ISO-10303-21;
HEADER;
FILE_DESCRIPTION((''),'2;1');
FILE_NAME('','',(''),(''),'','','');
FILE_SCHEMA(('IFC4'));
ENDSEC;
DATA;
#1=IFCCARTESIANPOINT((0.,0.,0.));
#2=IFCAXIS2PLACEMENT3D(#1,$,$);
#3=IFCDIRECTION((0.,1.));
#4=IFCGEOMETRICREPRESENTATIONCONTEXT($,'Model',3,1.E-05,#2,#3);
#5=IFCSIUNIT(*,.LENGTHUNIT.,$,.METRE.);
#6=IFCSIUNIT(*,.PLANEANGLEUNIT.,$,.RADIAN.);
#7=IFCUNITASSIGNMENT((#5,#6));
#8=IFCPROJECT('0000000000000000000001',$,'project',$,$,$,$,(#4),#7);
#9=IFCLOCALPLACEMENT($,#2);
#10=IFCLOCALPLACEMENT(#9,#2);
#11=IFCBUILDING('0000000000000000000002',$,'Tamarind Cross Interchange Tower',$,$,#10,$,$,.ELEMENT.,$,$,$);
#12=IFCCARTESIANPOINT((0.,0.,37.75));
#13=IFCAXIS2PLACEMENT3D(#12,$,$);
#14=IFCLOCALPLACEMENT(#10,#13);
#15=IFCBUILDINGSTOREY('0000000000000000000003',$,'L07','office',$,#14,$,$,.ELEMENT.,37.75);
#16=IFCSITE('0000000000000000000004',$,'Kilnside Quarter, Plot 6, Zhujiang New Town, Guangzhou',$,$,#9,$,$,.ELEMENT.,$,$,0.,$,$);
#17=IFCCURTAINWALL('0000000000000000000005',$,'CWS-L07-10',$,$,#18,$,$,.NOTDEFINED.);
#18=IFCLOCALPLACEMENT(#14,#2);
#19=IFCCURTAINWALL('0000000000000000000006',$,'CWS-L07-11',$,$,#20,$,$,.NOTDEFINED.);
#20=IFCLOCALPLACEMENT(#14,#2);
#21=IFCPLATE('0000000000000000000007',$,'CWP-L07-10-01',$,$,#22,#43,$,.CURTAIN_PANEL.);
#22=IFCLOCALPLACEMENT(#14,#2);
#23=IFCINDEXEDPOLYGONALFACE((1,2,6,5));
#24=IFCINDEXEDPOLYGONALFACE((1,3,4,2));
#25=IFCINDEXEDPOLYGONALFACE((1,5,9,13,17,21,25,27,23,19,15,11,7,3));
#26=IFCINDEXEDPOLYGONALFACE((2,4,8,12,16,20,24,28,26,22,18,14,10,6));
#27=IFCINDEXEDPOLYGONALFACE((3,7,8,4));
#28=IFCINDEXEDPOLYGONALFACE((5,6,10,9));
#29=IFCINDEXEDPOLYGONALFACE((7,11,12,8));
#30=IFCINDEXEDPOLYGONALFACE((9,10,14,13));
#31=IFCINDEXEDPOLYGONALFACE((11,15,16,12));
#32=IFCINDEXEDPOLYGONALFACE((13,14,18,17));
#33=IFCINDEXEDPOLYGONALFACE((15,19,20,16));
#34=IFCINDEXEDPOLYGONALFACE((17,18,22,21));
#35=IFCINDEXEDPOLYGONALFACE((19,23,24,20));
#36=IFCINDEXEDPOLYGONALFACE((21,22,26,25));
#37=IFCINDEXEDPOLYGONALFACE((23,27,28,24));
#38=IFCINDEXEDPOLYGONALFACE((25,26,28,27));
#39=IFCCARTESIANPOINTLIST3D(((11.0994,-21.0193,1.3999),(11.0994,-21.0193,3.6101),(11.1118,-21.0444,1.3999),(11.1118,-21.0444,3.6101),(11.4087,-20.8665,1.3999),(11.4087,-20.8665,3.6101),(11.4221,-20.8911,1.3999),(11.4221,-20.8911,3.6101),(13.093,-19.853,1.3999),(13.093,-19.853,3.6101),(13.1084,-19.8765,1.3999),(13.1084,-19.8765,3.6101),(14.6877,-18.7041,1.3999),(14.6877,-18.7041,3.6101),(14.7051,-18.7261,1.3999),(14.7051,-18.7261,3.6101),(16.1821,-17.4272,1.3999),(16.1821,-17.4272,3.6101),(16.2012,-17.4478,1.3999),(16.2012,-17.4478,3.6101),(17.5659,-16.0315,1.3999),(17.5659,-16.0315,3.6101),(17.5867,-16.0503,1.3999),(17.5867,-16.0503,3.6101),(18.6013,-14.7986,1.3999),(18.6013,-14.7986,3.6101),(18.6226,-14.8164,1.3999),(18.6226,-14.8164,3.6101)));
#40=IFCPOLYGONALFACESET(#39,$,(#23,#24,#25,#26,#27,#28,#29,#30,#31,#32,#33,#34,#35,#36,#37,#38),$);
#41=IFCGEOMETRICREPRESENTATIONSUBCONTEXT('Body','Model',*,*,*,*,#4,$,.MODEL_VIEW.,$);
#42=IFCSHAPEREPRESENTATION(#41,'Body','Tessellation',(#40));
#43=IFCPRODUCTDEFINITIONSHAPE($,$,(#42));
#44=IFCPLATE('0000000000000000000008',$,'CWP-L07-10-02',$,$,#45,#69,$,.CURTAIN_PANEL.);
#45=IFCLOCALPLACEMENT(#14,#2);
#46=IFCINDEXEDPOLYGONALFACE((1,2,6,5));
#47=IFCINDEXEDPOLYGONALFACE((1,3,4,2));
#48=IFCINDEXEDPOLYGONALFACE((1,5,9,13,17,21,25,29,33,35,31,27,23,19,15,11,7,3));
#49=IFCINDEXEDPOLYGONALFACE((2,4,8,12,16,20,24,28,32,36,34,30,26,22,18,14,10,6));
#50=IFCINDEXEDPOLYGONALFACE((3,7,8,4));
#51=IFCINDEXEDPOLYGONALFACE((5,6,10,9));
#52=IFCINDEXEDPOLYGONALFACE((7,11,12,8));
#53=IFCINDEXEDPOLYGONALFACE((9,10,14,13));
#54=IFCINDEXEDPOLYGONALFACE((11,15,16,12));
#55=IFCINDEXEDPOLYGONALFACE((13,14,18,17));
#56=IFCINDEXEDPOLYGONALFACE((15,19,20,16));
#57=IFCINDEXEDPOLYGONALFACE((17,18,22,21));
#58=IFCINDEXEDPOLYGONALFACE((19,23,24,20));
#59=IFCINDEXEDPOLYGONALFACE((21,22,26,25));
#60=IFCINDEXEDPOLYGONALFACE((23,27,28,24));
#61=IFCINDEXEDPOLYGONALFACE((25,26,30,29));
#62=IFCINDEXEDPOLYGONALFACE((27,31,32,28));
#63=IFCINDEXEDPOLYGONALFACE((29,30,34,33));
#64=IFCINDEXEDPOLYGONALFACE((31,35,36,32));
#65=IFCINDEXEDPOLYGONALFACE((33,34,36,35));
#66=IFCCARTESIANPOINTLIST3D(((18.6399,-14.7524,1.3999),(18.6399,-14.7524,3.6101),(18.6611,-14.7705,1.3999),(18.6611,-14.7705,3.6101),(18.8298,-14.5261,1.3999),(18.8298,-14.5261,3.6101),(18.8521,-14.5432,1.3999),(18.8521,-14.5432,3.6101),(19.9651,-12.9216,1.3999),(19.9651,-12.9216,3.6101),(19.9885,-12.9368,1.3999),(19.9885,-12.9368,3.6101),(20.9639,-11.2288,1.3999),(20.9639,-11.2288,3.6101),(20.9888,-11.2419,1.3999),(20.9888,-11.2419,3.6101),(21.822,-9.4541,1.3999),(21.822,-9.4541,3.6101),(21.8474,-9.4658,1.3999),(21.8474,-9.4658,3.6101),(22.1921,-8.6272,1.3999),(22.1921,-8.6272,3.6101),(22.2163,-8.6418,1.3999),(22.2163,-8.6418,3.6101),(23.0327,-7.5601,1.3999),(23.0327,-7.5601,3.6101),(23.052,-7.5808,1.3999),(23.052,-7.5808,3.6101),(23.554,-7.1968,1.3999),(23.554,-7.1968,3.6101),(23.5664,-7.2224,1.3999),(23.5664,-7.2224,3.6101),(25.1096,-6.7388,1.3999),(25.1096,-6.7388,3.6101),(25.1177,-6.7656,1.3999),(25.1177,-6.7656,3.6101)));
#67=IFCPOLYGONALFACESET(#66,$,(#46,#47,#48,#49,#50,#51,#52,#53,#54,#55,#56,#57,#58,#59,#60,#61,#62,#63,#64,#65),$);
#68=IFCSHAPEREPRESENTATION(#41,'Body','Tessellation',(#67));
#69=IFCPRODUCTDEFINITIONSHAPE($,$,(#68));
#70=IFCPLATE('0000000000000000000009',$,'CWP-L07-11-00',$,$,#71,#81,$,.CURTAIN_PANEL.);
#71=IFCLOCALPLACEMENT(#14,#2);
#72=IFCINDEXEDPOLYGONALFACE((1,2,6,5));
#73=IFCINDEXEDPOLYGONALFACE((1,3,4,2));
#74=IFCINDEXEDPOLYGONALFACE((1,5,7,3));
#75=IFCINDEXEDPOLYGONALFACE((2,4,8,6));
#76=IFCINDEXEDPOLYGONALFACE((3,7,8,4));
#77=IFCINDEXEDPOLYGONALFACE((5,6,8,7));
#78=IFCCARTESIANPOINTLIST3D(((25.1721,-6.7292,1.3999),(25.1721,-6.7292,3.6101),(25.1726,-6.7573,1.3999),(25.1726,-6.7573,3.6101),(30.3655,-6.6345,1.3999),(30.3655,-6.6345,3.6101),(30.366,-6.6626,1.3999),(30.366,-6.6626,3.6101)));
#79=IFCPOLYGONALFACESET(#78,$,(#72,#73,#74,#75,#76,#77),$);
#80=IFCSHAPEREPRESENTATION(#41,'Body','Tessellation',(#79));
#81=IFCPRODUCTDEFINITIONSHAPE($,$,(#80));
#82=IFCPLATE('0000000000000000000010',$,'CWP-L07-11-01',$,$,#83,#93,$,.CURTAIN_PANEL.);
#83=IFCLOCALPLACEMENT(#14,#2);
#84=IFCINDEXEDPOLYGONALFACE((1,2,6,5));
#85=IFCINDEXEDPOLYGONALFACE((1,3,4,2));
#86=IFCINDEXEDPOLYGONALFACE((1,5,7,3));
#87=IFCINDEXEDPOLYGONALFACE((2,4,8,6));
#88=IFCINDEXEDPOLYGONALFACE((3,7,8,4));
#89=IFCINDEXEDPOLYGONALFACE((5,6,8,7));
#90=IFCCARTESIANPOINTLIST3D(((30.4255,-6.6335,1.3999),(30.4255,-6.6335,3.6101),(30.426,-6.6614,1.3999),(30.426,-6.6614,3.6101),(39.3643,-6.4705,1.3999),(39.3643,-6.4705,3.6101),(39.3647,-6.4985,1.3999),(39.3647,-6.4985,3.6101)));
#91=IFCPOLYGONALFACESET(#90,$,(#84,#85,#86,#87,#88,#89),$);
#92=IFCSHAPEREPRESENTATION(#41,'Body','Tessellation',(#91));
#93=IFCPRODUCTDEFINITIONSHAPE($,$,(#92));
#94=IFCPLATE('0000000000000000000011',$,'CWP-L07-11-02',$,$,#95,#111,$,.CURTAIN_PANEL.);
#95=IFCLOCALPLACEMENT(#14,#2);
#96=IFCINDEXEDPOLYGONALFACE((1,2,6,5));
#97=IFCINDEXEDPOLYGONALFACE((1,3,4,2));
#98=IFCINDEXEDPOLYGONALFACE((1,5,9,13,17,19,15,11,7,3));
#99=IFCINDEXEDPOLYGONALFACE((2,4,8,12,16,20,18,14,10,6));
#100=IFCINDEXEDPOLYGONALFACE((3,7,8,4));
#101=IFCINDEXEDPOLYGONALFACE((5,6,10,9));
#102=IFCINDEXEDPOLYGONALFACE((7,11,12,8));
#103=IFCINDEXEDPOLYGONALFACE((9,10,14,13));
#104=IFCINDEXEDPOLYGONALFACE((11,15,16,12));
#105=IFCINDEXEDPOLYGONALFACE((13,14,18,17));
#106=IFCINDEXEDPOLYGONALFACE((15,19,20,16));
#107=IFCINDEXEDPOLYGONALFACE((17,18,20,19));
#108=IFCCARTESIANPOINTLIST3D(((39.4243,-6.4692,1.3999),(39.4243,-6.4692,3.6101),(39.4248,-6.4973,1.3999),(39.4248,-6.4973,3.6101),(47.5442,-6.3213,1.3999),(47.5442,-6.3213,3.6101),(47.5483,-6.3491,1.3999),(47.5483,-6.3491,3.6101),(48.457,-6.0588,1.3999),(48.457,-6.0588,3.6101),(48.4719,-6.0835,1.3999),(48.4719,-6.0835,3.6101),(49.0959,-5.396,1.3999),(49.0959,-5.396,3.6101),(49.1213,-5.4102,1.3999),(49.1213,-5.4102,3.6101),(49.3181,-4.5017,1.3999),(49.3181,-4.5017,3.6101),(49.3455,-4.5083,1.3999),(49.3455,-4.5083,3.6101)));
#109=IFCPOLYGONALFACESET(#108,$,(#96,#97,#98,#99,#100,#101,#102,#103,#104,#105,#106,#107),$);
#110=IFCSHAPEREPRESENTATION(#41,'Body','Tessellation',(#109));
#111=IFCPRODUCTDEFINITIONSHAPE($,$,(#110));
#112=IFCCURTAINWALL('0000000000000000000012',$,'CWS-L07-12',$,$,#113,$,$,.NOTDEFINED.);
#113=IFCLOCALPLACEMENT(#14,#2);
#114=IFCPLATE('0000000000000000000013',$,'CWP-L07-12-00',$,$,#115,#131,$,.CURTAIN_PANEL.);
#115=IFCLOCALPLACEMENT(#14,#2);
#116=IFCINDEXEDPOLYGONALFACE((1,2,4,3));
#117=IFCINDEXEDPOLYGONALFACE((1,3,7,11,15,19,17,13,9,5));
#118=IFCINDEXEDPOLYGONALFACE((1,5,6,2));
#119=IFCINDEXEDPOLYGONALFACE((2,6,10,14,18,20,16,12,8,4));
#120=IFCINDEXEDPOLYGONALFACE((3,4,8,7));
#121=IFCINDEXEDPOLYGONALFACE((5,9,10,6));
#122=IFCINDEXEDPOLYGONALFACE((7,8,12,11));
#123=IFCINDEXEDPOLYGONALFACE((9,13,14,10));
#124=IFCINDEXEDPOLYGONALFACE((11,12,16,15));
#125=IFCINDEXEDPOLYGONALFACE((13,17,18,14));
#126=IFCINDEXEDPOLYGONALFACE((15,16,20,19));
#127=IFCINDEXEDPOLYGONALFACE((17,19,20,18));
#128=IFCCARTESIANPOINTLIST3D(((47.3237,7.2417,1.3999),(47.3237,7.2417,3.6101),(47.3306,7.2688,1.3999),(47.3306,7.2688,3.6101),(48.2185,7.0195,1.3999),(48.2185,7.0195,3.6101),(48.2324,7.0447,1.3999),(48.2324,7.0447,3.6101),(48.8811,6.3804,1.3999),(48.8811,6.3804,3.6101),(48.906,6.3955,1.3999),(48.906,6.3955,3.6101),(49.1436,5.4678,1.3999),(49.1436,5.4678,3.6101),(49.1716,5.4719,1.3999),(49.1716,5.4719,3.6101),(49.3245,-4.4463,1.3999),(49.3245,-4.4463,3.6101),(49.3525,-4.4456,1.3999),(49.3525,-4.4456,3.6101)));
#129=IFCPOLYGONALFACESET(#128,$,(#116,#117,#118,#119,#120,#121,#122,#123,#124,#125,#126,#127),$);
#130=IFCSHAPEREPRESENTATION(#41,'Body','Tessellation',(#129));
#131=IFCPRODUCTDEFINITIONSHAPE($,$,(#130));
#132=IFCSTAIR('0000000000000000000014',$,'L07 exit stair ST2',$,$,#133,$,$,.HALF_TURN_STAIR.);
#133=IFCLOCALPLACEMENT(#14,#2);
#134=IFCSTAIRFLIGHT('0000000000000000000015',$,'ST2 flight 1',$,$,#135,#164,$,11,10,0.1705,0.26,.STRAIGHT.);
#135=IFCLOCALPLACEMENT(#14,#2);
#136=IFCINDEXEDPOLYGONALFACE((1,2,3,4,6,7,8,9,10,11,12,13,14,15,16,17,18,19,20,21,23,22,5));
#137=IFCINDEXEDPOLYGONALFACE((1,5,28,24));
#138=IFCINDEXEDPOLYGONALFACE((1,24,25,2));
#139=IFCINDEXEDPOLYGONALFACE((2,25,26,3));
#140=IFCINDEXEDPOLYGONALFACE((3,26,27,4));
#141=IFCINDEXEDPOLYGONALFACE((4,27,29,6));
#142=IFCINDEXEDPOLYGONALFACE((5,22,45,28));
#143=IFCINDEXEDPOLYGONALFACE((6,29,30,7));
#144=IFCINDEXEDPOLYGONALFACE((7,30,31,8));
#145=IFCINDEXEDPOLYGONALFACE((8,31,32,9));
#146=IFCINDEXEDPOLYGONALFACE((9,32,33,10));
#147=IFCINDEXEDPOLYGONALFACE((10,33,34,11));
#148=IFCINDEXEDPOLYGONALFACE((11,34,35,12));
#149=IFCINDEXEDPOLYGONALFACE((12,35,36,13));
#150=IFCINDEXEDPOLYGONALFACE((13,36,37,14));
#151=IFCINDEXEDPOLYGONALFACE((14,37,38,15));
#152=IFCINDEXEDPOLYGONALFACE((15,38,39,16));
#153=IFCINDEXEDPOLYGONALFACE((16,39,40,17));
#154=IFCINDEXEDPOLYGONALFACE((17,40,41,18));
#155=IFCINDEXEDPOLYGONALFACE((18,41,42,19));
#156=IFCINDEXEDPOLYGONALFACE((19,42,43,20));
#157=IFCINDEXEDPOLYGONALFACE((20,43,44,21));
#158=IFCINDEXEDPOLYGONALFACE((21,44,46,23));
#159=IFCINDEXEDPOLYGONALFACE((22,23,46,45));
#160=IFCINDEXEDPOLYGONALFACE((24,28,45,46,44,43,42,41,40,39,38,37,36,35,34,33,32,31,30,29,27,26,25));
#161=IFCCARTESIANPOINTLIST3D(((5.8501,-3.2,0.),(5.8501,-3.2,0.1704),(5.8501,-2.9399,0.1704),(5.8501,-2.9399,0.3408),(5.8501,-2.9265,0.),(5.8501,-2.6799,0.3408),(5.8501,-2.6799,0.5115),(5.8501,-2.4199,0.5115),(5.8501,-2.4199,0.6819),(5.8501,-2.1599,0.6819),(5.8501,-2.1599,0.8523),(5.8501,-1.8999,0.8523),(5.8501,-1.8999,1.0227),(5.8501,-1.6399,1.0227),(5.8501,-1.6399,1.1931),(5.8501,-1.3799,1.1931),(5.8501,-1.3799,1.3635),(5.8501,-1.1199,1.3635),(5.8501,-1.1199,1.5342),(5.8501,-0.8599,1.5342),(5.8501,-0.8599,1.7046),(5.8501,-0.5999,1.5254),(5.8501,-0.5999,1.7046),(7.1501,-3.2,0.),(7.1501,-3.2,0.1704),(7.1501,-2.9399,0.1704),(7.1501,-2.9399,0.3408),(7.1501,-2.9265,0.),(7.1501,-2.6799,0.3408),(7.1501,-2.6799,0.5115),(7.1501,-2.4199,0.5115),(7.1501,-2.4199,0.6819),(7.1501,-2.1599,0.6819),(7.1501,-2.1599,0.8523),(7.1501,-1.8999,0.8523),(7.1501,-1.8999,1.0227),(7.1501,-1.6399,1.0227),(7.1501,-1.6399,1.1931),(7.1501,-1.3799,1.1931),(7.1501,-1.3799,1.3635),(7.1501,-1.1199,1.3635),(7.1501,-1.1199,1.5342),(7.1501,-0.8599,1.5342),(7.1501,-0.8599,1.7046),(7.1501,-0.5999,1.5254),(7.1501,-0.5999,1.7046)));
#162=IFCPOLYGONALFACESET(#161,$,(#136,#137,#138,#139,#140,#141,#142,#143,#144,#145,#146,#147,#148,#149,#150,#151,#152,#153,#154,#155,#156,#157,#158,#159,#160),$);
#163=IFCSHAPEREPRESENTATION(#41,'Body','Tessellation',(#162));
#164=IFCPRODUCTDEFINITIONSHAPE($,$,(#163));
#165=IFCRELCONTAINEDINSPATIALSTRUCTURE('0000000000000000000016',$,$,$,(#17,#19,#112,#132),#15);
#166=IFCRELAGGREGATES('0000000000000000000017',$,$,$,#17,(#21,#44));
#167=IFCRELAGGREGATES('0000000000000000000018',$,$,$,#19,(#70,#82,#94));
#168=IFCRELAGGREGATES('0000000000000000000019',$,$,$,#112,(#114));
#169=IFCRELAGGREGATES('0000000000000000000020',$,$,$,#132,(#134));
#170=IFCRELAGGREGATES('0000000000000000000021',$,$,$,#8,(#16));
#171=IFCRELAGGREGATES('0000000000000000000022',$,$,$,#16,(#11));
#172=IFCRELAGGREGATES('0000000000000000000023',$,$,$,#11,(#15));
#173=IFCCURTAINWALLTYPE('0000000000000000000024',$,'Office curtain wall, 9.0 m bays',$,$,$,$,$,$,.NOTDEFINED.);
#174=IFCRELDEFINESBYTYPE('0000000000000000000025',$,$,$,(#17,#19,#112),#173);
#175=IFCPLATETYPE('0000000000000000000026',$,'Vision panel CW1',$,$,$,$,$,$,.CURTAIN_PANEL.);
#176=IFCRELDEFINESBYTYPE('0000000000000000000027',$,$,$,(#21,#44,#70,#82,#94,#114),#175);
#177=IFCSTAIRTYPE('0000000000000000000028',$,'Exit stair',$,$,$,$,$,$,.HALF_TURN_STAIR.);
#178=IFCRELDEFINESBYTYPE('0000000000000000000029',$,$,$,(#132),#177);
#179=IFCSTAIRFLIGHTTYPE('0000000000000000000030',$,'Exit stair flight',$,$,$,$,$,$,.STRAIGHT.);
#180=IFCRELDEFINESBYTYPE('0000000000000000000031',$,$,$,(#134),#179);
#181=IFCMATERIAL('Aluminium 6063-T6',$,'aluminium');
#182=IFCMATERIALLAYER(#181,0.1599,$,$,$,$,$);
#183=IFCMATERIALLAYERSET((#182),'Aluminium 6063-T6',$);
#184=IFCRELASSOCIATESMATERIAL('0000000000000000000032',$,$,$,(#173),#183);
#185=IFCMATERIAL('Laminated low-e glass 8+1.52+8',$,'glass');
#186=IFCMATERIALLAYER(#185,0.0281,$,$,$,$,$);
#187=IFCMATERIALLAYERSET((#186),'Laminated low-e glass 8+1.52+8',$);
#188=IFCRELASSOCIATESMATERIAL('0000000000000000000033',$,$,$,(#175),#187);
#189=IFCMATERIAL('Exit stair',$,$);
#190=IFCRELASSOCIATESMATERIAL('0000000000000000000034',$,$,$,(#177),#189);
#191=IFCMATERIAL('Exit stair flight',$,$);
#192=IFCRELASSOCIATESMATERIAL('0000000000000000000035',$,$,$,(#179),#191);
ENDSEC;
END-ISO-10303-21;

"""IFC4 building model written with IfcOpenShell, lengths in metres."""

from ifc_helpers import new_model, si_unit, direction, frame, origin, place, context, subcontext, project, spatial, polyline, outline, extrude, material, layer, layer_set, type_object, element, aggregate, save


model = new_model("IFC4")

# Units and contexts
model_context = context("Model", 3, precision=1e-05, world=origin(), true_north=direction((0.0, 1.0)))
body_context = subcontext(model_context, "Body", "Model", "MODEL_VIEW")
ifc_project = project(units=[si_unit("LENGTHUNIT", "METRE"), si_unit("PLANEANGLEUNIT", "RADIAN")], contexts=[model_context])

# Site, building, storey
site_placement = place(None, origin())
site = spatial("IfcSite", under=ifc_project, at=site_placement, Name="Kilnside Quarter, Plot 6, Zhujiang New Town, Guangzhou", CompositionType="ELEMENT", RefElevation=0.0)
building_placement = place(site_placement, origin())
building = spatial("IfcBuilding", under=site, at=building_placement, Name="Tamarind Cross Interchange Tower", CompositionType="ELEMENT")
storey_placement = place(building_placement, frame((0.0, 0.0, 37.75)))
storey = spatial("IfcBuildingStorey", under=building, at=storey_placement, Name="L07", Description="office", CompositionType="ELEMENT", Elevation=37.75)

# Curtain walls
ifc_material_1 = material(Name="Aluminium 6063-T6", Category="aluminium")
ifc_layer_1 = layer(ifc_material_1, 0.1599)
ifc_layer_set_1 = layer_set([ifc_layer_1], Name="Aluminium 6063-T6")
curtain_wall_type = type_object("IfcCurtainWallType", Name="Office curtain wall, 9.0 m bays", PredefinedType="NOTDEFINED", material=ifc_layer_set_1)
curtain_wall_1_placement = place(storey_placement, origin())
curtain_wall_1 = element("IfcCurtainWall", 1, at=curtain_wall_1_placement, inside=storey, type_object=curtain_wall_type, Name="CWS-L07-10", PredefinedType="NOTDEFINED")
curtain_wall_2_placement = place(storey_placement, origin())
curtain_wall_2 = element("IfcCurtainWall", 2, at=curtain_wall_2_placement, inside=storey, type_object=curtain_wall_type, Name="CWS-L07-11", PredefinedType="NOTDEFINED")

# Plates
ifc_material_2 = material(Name="Laminated low-e glass 8+1.52+8", Category="glass")
ifc_layer_2 = layer(ifc_material_2, 0.0281)
ifc_layer_set_2 = layer_set([ifc_layer_2], Name="Laminated low-e glass 8+1.52+8")
plate_type = type_object("IfcPlateType", Name="Vision panel CW1", PredefinedType="CURTAIN_PANEL", material=ifc_layer_set_2)
plate_1_placement = place(storey_placement, frame((0.0, 0.0, 1.3999)))
plate_1 = element("IfcPlate", 3, at=plate_1_placement, type_object=plate_type, Name="CWP-L07-10-01", PredefinedType="CURTAIN_PANEL", context=body_context, shape_type="SweptSolid", body=[
    extrude(outline(polyline([(11.0994, -21.0193), (11.4087, -20.8665), (13.093, -19.853), (14.6877, -18.7041), (16.1821, -17.4272), (17.5659, -16.0315), (18.6013, -14.7986), (18.6226, -14.8164), (17.5867, -16.0503), (16.2012, -17.4478), (14.7051, -18.7261), (13.1084, -19.8765), (11.4221, -20.8911), (11.1118, -21.0444), (11.0994, -21.0193)])), origin(), (0.0, 0.0, 1.0), 2.2102),
])
plate_2_placement = place(storey_placement, frame((0.0, 0.0, 1.3999)))
plate_2 = element("IfcPlate", 4, at=plate_2_placement, type_object=plate_type, Name="CWP-L07-10-02", PredefinedType="CURTAIN_PANEL", context=body_context, shape_type="SweptSolid", body=[
    extrude(outline(polyline([(18.6399, -14.7524), (18.8298, -14.5261), (19.9651, -12.9216), (20.9639, -11.2288), (21.822, -9.4541), (22.1921, -8.6272), (23.0327, -7.5601), (23.554, -7.1968), (25.1096, -6.7388), (25.1177, -6.7656), (23.5664, -7.2224), (23.052, -7.5808), (22.2163, -8.6418), (21.8474, -9.4658), (20.9888, -11.2419), (19.9885, -12.9368), (18.8521, -14.5432), (18.6611, -14.7705), (18.6399, -14.7524)])), origin(), (0.0, 0.0, 1.0), 2.2102),
])
aggregate(curtain_wall_1, [plate_1, plate_2])
plate_3_placement = place(storey_placement, frame((0.0, 0.0, 1.3999)))
plate_3 = element("IfcPlate", 5, at=plate_3_placement, type_object=plate_type, Name="CWP-L07-11-00", PredefinedType="CURTAIN_PANEL", context=body_context, shape_type="SweptSolid", body=[
    extrude(outline(polyline([(25.1721, -6.7292), (30.3655, -6.6345), (30.366, -6.6626), (25.1726, -6.7573), (25.1721, -6.7292)])), origin(), (0.0, 0.0, 1.0), 2.2102),
])
plate_4_placement = place(storey_placement, frame((0.0, 0.0, 1.3999)))
plate_4 = element("IfcPlate", 6, at=plate_4_placement, type_object=plate_type, Name="CWP-L07-11-01", PredefinedType="CURTAIN_PANEL", context=body_context, shape_type="SweptSolid", body=[
    extrude(outline(polyline([(30.4255, -6.6335), (39.3643, -6.4705), (39.3647, -6.4985), (30.426, -6.6614), (30.4255, -6.6335)])), origin(), (0.0, 0.0, 1.0), 2.2102),
])
plate_5_placement = place(storey_placement, frame((0.0, 0.0, 1.3999)))
plate_5 = element("IfcPlate", 7, at=plate_5_placement, type_object=plate_type, Name="CWP-L07-11-02", PredefinedType="CURTAIN_PANEL", context=body_context, shape_type="SweptSolid", body=[
    extrude(outline(polyline([(39.4243, -6.4692), (47.5442, -6.3213), (48.457, -6.0588), (49.0959, -5.396), (49.3181, -4.5017), (49.3455, -4.5083), (49.1213, -5.4102), (48.4719, -6.0835), (47.5483, -6.3491), (39.4248, -6.4973), (39.4243, -6.4692)])), origin(), (0.0, 0.0, 1.0), 2.2102),
])
aggregate(curtain_wall_2, [plate_3, plate_4, plate_5])

# Curtain wall, plate
curtain_wall_3_placement = place(storey_placement, origin())
curtain_wall_3 = element("IfcCurtainWall", 8, at=curtain_wall_3_placement, inside=storey, type_object=curtain_wall_type, Name="CWS-L07-12", PredefinedType="NOTDEFINED")
plate_6_placement = place(storey_placement, frame((0.0, 0.0, 1.3999)))
plate_6 = element("IfcPlate", 9, at=plate_6_placement, type_object=plate_type, Name="CWP-L07-12-00", PredefinedType="CURTAIN_PANEL", context=body_context, shape_type="SweptSolid", body=[
    extrude(outline(polyline([(49.3245, -4.4463), (49.1436, 5.4678), (48.8811, 6.3804), (48.2185, 7.0195), (47.3237, 7.2417), (47.3306, 7.2688), (48.2324, 7.0447), (48.906, 6.3955), (49.1716, 5.4719), (49.3525, -4.4456), (49.3245, -4.4463)])), origin(), (0.0, 0.0, 1.0), 2.2102),
])
aggregate(curtain_wall_3, [plate_6])

# Stair, stair flight
ifc_material_3 = material(Name="Exit stair")
stair_type = type_object("IfcStairType", Name="Exit stair", PredefinedType="HALF_TURN_STAIR", material=ifc_material_3)
stair_placement = place(storey_placement, origin())
stair = element("IfcStair", 10, at=stair_placement, inside=storey, type_object=stair_type, Name="L07 exit stair ST2", PredefinedType="HALF_TURN_STAIR")
ifc_material_4 = material(Name="Exit stair flight")
stair_flight_type = type_object("IfcStairFlightType", Name="Exit stair flight", PredefinedType="STRAIGHT", material=ifc_material_4)
stair_flight_1_placement = place(storey_placement, frame((6.5, -3.2, 0.0), z_axis=(0.0, 0.0, 1.0), x_axis=(0.0, 1.0, 0.0)))
stair_flight_1 = element("IfcStairFlight", 11, at=stair_flight_1_placement, type_object=stair_flight_type, Name="ST2 flight 1", NumberOfRisers=11, NumberOfTreads=10, PredefinedType="STRAIGHT", RiserHeight=0.1705, TreadLength=0.26, context=body_context, shape_type="SweptSolid", body=[
    extrude(outline(polyline([(0.0, 0.0), (0.0, 0.1704), (0.26, 0.1704), (0.26, 0.3408), (0.52, 0.3408), (0.52, 0.5115), (0.78, 0.5115), (0.78, 0.6819), (1.04, 0.6819), (1.04, 0.8523), (1.3, 0.8523), (1.3, 1.0227), (1.5601, 1.0227), (1.5601, 1.1931), (1.8201, 1.1931), (1.8201, 1.3635), (2.0801, 1.3635), (2.0801, 1.5342), (2.3401, 1.5342), (2.3401, 1.7046), (2.6001, 1.7046), (2.6001, 1.875), (2.6001, 1.5254), (0.2734, 0.0), (0.0, 0.0)])), frame((0.0, 0.6499, 0.0), z_axis=(0.0, -1.0, 0.0), x_axis=(1.0, 0.0, 0.0)), (0.0, 0.0, 1.0), 1.3),
])
aggregate(stair, [stair_flight_1])

save(model, "model.ifc")
